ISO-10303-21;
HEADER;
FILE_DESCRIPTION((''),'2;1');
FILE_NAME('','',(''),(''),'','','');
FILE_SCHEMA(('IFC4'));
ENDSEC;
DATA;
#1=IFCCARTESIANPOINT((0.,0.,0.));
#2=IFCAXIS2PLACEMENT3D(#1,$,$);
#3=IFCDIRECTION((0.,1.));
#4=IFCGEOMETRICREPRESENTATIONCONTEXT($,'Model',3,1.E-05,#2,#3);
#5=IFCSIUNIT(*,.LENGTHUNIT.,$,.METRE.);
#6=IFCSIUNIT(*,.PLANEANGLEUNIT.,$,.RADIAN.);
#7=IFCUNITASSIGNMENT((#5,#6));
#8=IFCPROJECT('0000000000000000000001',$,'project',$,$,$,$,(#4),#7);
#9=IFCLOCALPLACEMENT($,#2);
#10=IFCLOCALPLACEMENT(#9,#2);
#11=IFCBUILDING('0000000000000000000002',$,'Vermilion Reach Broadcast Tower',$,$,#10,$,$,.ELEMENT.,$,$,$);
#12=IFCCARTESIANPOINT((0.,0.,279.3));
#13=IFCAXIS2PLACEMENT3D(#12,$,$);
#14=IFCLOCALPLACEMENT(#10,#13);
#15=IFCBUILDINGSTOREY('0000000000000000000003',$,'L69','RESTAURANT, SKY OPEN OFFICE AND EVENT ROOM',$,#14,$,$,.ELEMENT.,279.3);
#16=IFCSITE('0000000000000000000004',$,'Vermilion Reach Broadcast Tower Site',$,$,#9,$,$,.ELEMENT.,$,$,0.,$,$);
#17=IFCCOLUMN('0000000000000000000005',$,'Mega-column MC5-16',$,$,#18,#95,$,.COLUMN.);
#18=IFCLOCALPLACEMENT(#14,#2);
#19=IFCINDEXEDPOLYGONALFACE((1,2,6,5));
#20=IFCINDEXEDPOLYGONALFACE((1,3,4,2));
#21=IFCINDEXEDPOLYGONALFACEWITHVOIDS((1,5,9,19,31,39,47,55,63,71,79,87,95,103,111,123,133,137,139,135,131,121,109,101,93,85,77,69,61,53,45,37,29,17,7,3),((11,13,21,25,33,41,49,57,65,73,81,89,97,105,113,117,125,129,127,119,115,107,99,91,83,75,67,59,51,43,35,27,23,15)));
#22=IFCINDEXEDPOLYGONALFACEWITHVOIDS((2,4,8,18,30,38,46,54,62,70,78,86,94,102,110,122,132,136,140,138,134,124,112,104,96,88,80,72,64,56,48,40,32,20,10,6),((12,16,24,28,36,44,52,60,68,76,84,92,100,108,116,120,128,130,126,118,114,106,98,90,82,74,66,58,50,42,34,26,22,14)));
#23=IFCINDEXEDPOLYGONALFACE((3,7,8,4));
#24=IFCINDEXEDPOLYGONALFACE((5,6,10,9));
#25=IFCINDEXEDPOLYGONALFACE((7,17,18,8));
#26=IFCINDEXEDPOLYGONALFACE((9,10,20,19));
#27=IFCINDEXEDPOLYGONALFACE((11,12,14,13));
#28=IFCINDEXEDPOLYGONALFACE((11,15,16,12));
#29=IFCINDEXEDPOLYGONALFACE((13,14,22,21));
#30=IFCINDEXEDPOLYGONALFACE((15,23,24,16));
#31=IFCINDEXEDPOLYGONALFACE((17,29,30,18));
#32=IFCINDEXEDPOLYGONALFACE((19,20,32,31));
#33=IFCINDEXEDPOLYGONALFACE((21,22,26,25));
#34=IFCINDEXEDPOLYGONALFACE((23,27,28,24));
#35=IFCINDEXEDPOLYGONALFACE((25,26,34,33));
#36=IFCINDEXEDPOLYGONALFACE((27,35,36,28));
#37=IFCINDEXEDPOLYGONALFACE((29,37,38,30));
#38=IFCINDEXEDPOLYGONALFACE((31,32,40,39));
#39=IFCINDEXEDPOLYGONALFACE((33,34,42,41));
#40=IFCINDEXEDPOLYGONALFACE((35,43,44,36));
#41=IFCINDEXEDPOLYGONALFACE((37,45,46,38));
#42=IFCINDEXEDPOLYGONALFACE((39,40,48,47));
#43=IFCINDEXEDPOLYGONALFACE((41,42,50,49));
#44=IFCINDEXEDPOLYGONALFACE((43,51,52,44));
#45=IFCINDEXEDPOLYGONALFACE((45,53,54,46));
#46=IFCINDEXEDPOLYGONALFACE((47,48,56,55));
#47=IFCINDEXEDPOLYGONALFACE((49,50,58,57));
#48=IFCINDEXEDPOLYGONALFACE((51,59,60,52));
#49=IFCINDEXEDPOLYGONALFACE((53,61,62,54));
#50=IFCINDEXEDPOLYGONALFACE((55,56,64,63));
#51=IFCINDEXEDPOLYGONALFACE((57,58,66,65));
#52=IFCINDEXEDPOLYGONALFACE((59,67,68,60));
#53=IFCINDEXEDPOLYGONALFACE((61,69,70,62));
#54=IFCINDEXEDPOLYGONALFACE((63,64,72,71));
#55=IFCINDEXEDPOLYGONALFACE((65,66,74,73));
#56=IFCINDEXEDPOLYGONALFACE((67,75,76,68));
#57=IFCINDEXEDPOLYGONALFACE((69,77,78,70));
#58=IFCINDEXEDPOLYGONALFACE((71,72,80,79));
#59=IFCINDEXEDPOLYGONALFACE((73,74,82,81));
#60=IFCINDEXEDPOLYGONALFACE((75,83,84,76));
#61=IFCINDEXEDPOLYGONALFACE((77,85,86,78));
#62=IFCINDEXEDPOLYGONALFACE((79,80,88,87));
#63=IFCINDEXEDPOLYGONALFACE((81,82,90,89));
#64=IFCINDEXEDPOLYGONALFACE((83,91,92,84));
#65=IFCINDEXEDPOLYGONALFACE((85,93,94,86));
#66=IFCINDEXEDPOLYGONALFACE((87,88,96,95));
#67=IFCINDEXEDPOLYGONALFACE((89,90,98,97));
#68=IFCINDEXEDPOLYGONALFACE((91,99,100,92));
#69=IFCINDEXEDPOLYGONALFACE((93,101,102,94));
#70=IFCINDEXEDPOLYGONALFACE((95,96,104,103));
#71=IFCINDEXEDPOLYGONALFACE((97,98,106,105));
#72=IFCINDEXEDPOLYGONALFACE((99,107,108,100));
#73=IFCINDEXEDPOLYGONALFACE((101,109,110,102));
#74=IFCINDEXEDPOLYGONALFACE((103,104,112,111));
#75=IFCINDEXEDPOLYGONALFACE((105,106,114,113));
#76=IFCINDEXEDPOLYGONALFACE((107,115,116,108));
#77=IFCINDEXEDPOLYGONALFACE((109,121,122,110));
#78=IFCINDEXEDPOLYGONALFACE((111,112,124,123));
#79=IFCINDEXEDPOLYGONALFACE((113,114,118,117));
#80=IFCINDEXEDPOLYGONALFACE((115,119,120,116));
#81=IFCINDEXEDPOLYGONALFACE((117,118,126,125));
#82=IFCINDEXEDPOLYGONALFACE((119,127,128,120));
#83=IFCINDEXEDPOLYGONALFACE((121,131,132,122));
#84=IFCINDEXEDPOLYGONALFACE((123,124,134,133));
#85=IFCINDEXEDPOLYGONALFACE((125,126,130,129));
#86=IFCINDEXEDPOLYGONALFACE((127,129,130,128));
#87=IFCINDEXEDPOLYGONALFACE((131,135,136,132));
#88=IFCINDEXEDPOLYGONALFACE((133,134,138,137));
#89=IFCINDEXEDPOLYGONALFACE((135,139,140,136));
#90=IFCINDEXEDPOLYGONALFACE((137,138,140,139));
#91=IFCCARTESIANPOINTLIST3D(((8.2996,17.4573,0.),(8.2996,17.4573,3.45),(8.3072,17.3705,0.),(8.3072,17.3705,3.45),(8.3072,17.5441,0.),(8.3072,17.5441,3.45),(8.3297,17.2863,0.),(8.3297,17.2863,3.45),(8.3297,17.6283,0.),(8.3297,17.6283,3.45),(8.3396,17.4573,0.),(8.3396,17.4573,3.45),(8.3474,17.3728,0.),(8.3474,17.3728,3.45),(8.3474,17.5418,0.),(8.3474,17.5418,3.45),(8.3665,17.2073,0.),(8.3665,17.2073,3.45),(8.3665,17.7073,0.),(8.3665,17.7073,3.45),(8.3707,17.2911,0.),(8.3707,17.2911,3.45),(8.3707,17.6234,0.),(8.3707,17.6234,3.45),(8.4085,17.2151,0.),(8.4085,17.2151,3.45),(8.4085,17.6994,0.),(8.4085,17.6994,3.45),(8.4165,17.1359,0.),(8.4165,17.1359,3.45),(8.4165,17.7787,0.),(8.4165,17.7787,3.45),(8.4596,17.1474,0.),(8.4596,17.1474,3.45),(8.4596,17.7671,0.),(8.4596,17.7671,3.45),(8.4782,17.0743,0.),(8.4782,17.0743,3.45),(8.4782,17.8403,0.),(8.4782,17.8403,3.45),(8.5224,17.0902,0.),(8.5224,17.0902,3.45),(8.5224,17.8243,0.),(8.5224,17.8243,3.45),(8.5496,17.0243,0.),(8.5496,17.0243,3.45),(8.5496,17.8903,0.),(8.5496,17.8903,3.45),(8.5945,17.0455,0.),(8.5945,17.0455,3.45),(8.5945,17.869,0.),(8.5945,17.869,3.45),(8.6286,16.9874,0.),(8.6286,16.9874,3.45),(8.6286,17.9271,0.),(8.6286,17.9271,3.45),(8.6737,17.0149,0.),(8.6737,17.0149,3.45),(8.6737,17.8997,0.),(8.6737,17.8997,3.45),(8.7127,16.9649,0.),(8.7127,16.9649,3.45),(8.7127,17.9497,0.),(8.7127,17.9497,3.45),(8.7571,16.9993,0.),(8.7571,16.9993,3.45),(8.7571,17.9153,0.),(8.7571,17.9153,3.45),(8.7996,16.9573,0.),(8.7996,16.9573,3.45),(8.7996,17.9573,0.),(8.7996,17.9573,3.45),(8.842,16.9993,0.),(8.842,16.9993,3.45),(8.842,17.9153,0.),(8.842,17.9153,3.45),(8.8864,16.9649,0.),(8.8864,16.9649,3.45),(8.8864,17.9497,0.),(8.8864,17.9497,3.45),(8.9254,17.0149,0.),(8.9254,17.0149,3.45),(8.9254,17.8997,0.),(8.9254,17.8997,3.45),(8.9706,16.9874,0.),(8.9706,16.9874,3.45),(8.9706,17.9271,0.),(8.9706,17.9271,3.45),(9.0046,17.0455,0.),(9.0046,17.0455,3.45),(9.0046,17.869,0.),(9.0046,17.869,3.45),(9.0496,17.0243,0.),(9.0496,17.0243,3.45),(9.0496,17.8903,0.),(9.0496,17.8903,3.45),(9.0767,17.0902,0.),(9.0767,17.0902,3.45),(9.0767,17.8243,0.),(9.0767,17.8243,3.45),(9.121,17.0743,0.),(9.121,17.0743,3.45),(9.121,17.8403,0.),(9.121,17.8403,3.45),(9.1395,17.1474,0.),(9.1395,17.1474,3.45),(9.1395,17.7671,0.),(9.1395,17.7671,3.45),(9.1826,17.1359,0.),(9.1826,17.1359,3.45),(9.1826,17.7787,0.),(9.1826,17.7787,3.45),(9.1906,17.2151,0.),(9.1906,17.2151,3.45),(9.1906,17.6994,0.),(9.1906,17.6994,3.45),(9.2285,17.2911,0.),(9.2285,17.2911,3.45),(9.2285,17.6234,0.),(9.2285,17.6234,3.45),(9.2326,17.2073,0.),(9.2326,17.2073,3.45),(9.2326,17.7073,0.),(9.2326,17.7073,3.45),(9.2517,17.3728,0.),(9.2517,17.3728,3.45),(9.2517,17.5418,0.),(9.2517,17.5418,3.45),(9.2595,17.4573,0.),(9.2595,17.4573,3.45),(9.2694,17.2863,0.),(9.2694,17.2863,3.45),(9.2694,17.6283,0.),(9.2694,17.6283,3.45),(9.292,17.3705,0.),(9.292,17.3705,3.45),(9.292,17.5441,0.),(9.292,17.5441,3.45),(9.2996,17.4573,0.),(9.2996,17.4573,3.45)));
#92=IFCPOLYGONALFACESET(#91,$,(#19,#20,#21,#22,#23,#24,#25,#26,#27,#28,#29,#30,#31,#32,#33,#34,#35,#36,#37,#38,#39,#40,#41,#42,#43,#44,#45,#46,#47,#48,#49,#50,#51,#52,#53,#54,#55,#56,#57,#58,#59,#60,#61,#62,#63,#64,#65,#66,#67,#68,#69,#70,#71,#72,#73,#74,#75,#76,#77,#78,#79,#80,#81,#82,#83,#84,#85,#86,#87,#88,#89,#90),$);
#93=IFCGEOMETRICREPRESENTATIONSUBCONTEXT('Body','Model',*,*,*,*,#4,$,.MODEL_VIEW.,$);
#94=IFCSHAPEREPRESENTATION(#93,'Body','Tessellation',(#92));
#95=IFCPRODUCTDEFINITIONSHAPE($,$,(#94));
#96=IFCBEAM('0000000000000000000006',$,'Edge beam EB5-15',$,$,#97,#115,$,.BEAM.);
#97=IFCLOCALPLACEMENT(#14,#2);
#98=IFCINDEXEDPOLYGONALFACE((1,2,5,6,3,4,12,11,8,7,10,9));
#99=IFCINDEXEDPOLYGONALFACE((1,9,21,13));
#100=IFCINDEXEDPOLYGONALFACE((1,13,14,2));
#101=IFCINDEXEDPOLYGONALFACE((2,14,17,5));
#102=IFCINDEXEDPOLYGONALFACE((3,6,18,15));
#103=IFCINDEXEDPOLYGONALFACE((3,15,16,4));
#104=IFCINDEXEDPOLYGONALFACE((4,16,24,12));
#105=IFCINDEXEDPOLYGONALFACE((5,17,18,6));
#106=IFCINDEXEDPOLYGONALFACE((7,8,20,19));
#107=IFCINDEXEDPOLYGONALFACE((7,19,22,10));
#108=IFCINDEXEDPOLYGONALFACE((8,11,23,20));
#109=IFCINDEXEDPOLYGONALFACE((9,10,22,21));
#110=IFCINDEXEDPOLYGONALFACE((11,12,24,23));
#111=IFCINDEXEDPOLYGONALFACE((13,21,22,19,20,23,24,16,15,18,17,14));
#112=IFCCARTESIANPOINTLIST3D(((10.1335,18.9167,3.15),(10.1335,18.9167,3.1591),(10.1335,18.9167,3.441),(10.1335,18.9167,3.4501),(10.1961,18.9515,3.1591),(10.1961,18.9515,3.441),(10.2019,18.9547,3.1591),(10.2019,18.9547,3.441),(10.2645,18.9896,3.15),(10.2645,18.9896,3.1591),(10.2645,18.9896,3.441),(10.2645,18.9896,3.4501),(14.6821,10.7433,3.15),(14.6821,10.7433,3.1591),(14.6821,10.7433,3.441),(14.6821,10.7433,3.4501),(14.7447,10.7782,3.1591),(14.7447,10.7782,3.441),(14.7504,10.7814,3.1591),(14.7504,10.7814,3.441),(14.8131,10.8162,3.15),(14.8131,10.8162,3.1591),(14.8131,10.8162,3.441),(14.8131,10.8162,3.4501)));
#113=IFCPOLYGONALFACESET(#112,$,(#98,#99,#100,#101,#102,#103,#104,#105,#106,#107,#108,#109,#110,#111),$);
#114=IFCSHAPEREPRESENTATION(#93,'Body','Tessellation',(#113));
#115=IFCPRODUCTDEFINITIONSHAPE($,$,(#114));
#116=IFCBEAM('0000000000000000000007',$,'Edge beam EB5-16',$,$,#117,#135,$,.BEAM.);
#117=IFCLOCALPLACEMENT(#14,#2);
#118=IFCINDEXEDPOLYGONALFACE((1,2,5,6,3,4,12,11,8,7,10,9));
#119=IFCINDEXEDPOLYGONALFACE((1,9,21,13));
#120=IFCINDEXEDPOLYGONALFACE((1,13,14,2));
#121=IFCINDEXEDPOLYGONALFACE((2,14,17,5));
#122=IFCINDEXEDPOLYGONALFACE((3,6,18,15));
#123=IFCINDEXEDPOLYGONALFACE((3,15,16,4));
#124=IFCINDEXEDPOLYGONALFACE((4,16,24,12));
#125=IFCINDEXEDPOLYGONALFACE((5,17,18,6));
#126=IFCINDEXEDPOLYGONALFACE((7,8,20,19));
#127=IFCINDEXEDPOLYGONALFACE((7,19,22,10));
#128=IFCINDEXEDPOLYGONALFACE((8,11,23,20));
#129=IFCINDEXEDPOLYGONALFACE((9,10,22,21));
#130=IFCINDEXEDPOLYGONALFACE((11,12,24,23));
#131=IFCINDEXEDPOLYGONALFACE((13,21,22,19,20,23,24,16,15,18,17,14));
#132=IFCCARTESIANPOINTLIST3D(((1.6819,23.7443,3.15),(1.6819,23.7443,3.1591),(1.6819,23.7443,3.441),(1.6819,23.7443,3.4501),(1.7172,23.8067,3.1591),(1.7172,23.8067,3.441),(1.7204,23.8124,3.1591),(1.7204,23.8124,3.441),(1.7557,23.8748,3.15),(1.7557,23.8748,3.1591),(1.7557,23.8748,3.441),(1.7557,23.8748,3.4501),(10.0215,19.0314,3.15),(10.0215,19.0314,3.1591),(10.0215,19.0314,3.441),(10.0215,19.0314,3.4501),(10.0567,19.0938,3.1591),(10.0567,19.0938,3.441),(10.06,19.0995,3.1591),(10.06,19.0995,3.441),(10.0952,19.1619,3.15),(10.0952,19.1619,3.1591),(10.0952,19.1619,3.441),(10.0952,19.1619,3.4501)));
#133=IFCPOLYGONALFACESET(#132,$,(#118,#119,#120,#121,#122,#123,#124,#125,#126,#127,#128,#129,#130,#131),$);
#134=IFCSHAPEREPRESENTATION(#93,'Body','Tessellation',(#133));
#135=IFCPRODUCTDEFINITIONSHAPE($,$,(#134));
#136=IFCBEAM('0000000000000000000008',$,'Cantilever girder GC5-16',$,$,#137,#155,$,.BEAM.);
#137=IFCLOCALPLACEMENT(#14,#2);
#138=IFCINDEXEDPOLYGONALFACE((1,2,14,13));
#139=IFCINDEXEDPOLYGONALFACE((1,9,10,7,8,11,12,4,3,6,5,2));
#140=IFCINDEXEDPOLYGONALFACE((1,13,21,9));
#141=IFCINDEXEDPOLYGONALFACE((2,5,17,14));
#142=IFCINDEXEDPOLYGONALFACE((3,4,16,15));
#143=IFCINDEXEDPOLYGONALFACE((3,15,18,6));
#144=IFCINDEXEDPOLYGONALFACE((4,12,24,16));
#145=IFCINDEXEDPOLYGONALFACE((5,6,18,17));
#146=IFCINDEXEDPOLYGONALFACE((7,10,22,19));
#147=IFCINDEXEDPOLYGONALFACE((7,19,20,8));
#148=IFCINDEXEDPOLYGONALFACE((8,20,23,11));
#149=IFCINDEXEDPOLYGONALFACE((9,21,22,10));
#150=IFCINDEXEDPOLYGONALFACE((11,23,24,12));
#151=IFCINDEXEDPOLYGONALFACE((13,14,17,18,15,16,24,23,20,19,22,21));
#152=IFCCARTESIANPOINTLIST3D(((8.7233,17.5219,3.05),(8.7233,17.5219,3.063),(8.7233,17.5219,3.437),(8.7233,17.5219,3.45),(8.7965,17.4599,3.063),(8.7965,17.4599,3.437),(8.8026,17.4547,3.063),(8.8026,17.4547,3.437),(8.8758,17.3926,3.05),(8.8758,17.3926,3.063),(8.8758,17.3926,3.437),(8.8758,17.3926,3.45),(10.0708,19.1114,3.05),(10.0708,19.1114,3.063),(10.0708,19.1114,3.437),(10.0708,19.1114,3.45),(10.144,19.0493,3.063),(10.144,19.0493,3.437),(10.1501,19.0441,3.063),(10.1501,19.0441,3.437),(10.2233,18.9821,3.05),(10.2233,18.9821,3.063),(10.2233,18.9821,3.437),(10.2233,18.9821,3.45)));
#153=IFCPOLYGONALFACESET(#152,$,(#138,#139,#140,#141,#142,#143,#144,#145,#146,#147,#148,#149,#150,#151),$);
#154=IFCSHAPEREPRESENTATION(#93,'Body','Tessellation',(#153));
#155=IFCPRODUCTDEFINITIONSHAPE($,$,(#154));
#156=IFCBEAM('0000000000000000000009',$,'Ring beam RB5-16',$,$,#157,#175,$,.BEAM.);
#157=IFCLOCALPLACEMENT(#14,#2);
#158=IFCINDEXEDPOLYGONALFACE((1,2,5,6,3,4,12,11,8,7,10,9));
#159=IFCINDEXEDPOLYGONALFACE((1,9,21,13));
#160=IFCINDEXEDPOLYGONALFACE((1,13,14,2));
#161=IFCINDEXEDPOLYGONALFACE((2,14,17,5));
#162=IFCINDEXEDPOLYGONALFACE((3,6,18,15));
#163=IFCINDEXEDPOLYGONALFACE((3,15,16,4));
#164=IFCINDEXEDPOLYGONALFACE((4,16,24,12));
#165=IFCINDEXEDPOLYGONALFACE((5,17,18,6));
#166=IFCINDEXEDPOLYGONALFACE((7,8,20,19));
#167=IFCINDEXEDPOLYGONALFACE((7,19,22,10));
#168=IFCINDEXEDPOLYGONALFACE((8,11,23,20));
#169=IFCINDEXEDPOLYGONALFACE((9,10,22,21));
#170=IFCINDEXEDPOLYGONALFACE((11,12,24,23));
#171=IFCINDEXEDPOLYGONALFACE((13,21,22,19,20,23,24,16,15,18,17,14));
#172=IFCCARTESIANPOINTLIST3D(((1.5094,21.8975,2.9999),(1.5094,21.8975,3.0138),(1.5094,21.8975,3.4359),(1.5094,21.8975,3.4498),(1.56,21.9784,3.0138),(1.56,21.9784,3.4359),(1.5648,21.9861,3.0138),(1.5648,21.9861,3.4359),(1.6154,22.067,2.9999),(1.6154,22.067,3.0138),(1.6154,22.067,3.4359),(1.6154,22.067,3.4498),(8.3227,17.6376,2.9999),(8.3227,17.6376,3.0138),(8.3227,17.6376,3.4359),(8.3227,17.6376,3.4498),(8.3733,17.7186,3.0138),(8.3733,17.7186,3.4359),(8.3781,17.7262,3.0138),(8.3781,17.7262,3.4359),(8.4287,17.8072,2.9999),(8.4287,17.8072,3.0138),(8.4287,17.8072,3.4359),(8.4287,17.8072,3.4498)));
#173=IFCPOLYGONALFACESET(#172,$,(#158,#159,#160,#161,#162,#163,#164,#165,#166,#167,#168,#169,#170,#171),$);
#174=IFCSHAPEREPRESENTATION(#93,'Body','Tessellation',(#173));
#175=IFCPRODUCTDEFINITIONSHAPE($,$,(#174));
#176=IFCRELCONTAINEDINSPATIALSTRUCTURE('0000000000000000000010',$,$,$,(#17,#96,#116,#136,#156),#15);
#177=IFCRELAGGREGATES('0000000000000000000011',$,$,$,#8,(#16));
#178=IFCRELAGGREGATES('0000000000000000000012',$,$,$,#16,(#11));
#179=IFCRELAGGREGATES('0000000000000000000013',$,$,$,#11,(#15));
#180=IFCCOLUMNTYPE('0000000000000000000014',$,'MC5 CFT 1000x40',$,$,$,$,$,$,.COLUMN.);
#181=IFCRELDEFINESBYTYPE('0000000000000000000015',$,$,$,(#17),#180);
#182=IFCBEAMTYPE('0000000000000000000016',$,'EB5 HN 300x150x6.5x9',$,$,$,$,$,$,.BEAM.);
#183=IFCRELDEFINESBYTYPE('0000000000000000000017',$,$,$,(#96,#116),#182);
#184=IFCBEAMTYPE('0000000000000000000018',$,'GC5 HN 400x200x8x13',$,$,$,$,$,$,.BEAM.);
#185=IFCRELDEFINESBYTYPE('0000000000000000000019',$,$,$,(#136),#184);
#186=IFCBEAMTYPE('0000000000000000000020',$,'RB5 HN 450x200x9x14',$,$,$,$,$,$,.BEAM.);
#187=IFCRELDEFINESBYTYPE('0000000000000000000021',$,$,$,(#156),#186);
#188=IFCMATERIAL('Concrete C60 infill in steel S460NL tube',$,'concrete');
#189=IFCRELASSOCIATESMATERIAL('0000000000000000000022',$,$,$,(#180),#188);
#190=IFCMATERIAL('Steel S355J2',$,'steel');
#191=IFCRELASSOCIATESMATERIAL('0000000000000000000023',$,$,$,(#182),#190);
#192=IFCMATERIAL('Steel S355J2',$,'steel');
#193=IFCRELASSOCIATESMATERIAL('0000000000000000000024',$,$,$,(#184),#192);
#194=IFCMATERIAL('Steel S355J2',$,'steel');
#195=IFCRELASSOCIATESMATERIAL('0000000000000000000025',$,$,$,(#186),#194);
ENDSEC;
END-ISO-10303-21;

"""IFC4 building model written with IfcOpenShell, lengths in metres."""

from ifc_helpers import new_model, si_unit, direction, frame, origin, origin_2d, place, context, subcontext, project, spatial, hollow_circle, i_section, extrude, material, material_profile, profile_set, type_object, element, save


model = new_model("IFC4")

# Units and contexts
model_context = context("Model", 3, precision=1e-05, world=origin(), true_north=direction((0.0, 1.0)))
body_context = subcontext(model_context, "Body", "Model", "MODEL_VIEW")
ifc_project = project(units=[si_unit("LENGTHUNIT", "METRE"), si_unit("PLANEANGLEUNIT", "RADIAN")], contexts=[model_context])

# Site, building, storey
site_placement = place(None, origin())
site = spatial("IfcSite", under=ifc_project, at=site_placement, Name="Vermilion Reach Broadcast Tower Site", CompositionType="ELEMENT", RefElevation=0.0)
building_placement = place(site_placement, origin())
building = spatial("IfcBuilding", under=site, at=building_placement, Name="Vermilion Reach Broadcast Tower", CompositionType="ELEMENT")
storey_placement = place(building_placement, frame((0.0, 0.0, 279.3)))
storey = spatial("IfcBuildingStorey", under=building, at=storey_placement, Name="L69", Description="RESTAURANT, SKY OPEN OFFICE AND EVENT ROOM", CompositionType="ELEMENT", Elevation=279.3)

# Column
ifc_material_1 = material(Name="Concrete C60 infill in steel S460NL tube", Category="concrete")
ifc_material_profile_1 = material_profile(ifc_material_1, hollow_circle(Radius=0.5, WallThickness=0.04, at=origin_2d()), Name="Concrete C60 infill in steel S460NL tube CFT 1000x40")
ifc_profile_set_1 = profile_set([ifc_material_profile_1], Name="Concrete C60 infill in steel S460NL tube")
column_type = type_object("IfcColumnType", Name="MC5 CFT 1000x40", PredefinedType="COLUMN", material=ifc_profile_set_1)
column_placement = place(storey_placement, frame((8.7996, 17.4573, 0.0), z_axis=(0.0, 0.0, 1.0), x_axis=(1.0, 0.0, 0.0)))
element("IfcColumn", 1, at=column_placement, inside=storey, type_object=column_type, Name="Mega-column MC5-16", PredefinedType="COLUMN", context=body_context, shape_type="SweptSolid", body=[
    extrude(hollow_circle(Radius=0.5, WallThickness=0.04, at=origin_2d()), origin(), (0.0, 0.0, 1.0), 3.45),
])

# Beams
ifc_material_2 = material(Name="Steel S355J2", Category="steel")
ifc_material_profile_2 = material_profile(ifc_material_2, i_section(OverallWidth=0.1499, OverallDepth=0.3, WebThickness=0.0066, FlangeThickness=0.009, at=origin_2d()), Name="S355J2 HN 300x150x6.5x9")
ifc_profile_set_2 = profile_set([ifc_material_profile_2], Name="Steel S355J2")
beam_type_1 = type_object("IfcBeamType", Name="EB5 HN 300x150x6.5x9", PredefinedType="BEAM", material=ifc_profile_set_2)
beam_1_placement = place(storey_placement, frame((14.7476, 10.7798, 3.3), z_axis=(-0.486283, 0.873801, 0.0), x_axis=(-0.873801, -0.486283, 0.0)))
element("IfcBeam", 2, at=beam_1_placement, inside=storey, type_object=beam_type_1, Name="Edge beam EB5-15", PredefinedType="BEAM", context=body_context, shape_type="SweptSolid", body=[
    extrude(i_section(OverallWidth=0.1499, OverallDepth=0.3, WebThickness=0.0066, FlangeThickness=0.009, at=origin_2d()), origin(), (0.0, 0.0, 1.0), 9.3538),
])
beam_2_placement = place(storey_placement, frame((10.0583, 19.0967, 3.3), z_axis=(-0.870598, 0.491994, 0.0), x_axis=(-0.491994, -0.870598, 0.0)))
element("IfcBeam", 3, at=beam_2_placement, inside=storey, type_object=beam_type_1, Name="Edge beam EB5-16", PredefinedType="BEAM", context=body_context, shape_type="SweptSolid", body=[
    extrude(i_section(OverallWidth=0.1499, OverallDepth=0.3, WebThickness=0.0066, FlangeThickness=0.009, at=origin_2d()), origin(), (0.0, 0.0, 1.0), 9.5791),
])
ifc_material_3 = material(Name="Steel S355J2", Category="steel")
ifc_material_profile_3 = material_profile(ifc_material_3, i_section(OverallWidth=0.2, OverallDepth=0.3999, WebThickness=0.0081, FlangeThickness=0.0129, at=origin_2d()), Name="S355J2 HN 400x200x8x13")
ifc_profile_set_3 = profile_set([ifc_material_profile_3], Name="Steel S355J2")
beam_type_2 = type_object("IfcBeamType", Name="GC5 HN 400x200x8x13", PredefinedType="BEAM", material=ifc_profile_set_3)
beam_3_placement = place(storey_placement, frame((8.7996, 17.4573, 3.25), z_axis=(0.646662, 0.762777, 0.0), x_axis=(-0.762777, 0.646662, 0.0)))
element("IfcBeam", 4, at=beam_3_placement, inside=storey, type_object=beam_type_2, Name="Cantilever girder GC5-16", PredefinedType="BEAM", context=body_context, shape_type="SweptSolid", body=[
    extrude(i_section(OverallWidth=0.2, OverallDepth=0.3999, WebThickness=0.0081, FlangeThickness=0.0129, at=origin_2d()), origin(), (0.0, 0.0, 1.0), 2.0837),
])
ifc_material_4 = material(Name="Steel S355J2", Category="steel")
ifc_material_profile_4 = material_profile(ifc_material_4, i_section(OverallWidth=0.2, OverallDepth=0.45, WebThickness=0.009, FlangeThickness=0.0139, at=origin_2d()), Name="S355J2 HN 450x200x9x14")
ifc_profile_set_4 = profile_set([ifc_material_profile_4], Name="Steel S355J2")
beam_type_3 = type_object("IfcBeamType", Name="RB5 HN 450x200x9x14", PredefinedType="BEAM", material=ifc_profile_set_4)
beam_4_placement = place(storey_placement, frame((8.3757, 17.7224, 3.2249), z_axis=(-0.847915, 0.530133, 0.0), x_axis=(-0.530133, -0.847915, 0.0)))
element("IfcBeam", 5, at=beam_4_placement, inside=storey, type_object=beam_type_3, Name="Ring beam RB5-16", PredefinedType="BEAM", context=body_context, shape_type="SweptSolid", body=[
    extrude(i_section(OverallWidth=0.2, OverallDepth=0.45, WebThickness=0.009, FlangeThickness=0.0139, at=origin_2d()), origin(), (0.0, 0.0, 1.0), 8.0354),
])

save(model, "model.ifc")
